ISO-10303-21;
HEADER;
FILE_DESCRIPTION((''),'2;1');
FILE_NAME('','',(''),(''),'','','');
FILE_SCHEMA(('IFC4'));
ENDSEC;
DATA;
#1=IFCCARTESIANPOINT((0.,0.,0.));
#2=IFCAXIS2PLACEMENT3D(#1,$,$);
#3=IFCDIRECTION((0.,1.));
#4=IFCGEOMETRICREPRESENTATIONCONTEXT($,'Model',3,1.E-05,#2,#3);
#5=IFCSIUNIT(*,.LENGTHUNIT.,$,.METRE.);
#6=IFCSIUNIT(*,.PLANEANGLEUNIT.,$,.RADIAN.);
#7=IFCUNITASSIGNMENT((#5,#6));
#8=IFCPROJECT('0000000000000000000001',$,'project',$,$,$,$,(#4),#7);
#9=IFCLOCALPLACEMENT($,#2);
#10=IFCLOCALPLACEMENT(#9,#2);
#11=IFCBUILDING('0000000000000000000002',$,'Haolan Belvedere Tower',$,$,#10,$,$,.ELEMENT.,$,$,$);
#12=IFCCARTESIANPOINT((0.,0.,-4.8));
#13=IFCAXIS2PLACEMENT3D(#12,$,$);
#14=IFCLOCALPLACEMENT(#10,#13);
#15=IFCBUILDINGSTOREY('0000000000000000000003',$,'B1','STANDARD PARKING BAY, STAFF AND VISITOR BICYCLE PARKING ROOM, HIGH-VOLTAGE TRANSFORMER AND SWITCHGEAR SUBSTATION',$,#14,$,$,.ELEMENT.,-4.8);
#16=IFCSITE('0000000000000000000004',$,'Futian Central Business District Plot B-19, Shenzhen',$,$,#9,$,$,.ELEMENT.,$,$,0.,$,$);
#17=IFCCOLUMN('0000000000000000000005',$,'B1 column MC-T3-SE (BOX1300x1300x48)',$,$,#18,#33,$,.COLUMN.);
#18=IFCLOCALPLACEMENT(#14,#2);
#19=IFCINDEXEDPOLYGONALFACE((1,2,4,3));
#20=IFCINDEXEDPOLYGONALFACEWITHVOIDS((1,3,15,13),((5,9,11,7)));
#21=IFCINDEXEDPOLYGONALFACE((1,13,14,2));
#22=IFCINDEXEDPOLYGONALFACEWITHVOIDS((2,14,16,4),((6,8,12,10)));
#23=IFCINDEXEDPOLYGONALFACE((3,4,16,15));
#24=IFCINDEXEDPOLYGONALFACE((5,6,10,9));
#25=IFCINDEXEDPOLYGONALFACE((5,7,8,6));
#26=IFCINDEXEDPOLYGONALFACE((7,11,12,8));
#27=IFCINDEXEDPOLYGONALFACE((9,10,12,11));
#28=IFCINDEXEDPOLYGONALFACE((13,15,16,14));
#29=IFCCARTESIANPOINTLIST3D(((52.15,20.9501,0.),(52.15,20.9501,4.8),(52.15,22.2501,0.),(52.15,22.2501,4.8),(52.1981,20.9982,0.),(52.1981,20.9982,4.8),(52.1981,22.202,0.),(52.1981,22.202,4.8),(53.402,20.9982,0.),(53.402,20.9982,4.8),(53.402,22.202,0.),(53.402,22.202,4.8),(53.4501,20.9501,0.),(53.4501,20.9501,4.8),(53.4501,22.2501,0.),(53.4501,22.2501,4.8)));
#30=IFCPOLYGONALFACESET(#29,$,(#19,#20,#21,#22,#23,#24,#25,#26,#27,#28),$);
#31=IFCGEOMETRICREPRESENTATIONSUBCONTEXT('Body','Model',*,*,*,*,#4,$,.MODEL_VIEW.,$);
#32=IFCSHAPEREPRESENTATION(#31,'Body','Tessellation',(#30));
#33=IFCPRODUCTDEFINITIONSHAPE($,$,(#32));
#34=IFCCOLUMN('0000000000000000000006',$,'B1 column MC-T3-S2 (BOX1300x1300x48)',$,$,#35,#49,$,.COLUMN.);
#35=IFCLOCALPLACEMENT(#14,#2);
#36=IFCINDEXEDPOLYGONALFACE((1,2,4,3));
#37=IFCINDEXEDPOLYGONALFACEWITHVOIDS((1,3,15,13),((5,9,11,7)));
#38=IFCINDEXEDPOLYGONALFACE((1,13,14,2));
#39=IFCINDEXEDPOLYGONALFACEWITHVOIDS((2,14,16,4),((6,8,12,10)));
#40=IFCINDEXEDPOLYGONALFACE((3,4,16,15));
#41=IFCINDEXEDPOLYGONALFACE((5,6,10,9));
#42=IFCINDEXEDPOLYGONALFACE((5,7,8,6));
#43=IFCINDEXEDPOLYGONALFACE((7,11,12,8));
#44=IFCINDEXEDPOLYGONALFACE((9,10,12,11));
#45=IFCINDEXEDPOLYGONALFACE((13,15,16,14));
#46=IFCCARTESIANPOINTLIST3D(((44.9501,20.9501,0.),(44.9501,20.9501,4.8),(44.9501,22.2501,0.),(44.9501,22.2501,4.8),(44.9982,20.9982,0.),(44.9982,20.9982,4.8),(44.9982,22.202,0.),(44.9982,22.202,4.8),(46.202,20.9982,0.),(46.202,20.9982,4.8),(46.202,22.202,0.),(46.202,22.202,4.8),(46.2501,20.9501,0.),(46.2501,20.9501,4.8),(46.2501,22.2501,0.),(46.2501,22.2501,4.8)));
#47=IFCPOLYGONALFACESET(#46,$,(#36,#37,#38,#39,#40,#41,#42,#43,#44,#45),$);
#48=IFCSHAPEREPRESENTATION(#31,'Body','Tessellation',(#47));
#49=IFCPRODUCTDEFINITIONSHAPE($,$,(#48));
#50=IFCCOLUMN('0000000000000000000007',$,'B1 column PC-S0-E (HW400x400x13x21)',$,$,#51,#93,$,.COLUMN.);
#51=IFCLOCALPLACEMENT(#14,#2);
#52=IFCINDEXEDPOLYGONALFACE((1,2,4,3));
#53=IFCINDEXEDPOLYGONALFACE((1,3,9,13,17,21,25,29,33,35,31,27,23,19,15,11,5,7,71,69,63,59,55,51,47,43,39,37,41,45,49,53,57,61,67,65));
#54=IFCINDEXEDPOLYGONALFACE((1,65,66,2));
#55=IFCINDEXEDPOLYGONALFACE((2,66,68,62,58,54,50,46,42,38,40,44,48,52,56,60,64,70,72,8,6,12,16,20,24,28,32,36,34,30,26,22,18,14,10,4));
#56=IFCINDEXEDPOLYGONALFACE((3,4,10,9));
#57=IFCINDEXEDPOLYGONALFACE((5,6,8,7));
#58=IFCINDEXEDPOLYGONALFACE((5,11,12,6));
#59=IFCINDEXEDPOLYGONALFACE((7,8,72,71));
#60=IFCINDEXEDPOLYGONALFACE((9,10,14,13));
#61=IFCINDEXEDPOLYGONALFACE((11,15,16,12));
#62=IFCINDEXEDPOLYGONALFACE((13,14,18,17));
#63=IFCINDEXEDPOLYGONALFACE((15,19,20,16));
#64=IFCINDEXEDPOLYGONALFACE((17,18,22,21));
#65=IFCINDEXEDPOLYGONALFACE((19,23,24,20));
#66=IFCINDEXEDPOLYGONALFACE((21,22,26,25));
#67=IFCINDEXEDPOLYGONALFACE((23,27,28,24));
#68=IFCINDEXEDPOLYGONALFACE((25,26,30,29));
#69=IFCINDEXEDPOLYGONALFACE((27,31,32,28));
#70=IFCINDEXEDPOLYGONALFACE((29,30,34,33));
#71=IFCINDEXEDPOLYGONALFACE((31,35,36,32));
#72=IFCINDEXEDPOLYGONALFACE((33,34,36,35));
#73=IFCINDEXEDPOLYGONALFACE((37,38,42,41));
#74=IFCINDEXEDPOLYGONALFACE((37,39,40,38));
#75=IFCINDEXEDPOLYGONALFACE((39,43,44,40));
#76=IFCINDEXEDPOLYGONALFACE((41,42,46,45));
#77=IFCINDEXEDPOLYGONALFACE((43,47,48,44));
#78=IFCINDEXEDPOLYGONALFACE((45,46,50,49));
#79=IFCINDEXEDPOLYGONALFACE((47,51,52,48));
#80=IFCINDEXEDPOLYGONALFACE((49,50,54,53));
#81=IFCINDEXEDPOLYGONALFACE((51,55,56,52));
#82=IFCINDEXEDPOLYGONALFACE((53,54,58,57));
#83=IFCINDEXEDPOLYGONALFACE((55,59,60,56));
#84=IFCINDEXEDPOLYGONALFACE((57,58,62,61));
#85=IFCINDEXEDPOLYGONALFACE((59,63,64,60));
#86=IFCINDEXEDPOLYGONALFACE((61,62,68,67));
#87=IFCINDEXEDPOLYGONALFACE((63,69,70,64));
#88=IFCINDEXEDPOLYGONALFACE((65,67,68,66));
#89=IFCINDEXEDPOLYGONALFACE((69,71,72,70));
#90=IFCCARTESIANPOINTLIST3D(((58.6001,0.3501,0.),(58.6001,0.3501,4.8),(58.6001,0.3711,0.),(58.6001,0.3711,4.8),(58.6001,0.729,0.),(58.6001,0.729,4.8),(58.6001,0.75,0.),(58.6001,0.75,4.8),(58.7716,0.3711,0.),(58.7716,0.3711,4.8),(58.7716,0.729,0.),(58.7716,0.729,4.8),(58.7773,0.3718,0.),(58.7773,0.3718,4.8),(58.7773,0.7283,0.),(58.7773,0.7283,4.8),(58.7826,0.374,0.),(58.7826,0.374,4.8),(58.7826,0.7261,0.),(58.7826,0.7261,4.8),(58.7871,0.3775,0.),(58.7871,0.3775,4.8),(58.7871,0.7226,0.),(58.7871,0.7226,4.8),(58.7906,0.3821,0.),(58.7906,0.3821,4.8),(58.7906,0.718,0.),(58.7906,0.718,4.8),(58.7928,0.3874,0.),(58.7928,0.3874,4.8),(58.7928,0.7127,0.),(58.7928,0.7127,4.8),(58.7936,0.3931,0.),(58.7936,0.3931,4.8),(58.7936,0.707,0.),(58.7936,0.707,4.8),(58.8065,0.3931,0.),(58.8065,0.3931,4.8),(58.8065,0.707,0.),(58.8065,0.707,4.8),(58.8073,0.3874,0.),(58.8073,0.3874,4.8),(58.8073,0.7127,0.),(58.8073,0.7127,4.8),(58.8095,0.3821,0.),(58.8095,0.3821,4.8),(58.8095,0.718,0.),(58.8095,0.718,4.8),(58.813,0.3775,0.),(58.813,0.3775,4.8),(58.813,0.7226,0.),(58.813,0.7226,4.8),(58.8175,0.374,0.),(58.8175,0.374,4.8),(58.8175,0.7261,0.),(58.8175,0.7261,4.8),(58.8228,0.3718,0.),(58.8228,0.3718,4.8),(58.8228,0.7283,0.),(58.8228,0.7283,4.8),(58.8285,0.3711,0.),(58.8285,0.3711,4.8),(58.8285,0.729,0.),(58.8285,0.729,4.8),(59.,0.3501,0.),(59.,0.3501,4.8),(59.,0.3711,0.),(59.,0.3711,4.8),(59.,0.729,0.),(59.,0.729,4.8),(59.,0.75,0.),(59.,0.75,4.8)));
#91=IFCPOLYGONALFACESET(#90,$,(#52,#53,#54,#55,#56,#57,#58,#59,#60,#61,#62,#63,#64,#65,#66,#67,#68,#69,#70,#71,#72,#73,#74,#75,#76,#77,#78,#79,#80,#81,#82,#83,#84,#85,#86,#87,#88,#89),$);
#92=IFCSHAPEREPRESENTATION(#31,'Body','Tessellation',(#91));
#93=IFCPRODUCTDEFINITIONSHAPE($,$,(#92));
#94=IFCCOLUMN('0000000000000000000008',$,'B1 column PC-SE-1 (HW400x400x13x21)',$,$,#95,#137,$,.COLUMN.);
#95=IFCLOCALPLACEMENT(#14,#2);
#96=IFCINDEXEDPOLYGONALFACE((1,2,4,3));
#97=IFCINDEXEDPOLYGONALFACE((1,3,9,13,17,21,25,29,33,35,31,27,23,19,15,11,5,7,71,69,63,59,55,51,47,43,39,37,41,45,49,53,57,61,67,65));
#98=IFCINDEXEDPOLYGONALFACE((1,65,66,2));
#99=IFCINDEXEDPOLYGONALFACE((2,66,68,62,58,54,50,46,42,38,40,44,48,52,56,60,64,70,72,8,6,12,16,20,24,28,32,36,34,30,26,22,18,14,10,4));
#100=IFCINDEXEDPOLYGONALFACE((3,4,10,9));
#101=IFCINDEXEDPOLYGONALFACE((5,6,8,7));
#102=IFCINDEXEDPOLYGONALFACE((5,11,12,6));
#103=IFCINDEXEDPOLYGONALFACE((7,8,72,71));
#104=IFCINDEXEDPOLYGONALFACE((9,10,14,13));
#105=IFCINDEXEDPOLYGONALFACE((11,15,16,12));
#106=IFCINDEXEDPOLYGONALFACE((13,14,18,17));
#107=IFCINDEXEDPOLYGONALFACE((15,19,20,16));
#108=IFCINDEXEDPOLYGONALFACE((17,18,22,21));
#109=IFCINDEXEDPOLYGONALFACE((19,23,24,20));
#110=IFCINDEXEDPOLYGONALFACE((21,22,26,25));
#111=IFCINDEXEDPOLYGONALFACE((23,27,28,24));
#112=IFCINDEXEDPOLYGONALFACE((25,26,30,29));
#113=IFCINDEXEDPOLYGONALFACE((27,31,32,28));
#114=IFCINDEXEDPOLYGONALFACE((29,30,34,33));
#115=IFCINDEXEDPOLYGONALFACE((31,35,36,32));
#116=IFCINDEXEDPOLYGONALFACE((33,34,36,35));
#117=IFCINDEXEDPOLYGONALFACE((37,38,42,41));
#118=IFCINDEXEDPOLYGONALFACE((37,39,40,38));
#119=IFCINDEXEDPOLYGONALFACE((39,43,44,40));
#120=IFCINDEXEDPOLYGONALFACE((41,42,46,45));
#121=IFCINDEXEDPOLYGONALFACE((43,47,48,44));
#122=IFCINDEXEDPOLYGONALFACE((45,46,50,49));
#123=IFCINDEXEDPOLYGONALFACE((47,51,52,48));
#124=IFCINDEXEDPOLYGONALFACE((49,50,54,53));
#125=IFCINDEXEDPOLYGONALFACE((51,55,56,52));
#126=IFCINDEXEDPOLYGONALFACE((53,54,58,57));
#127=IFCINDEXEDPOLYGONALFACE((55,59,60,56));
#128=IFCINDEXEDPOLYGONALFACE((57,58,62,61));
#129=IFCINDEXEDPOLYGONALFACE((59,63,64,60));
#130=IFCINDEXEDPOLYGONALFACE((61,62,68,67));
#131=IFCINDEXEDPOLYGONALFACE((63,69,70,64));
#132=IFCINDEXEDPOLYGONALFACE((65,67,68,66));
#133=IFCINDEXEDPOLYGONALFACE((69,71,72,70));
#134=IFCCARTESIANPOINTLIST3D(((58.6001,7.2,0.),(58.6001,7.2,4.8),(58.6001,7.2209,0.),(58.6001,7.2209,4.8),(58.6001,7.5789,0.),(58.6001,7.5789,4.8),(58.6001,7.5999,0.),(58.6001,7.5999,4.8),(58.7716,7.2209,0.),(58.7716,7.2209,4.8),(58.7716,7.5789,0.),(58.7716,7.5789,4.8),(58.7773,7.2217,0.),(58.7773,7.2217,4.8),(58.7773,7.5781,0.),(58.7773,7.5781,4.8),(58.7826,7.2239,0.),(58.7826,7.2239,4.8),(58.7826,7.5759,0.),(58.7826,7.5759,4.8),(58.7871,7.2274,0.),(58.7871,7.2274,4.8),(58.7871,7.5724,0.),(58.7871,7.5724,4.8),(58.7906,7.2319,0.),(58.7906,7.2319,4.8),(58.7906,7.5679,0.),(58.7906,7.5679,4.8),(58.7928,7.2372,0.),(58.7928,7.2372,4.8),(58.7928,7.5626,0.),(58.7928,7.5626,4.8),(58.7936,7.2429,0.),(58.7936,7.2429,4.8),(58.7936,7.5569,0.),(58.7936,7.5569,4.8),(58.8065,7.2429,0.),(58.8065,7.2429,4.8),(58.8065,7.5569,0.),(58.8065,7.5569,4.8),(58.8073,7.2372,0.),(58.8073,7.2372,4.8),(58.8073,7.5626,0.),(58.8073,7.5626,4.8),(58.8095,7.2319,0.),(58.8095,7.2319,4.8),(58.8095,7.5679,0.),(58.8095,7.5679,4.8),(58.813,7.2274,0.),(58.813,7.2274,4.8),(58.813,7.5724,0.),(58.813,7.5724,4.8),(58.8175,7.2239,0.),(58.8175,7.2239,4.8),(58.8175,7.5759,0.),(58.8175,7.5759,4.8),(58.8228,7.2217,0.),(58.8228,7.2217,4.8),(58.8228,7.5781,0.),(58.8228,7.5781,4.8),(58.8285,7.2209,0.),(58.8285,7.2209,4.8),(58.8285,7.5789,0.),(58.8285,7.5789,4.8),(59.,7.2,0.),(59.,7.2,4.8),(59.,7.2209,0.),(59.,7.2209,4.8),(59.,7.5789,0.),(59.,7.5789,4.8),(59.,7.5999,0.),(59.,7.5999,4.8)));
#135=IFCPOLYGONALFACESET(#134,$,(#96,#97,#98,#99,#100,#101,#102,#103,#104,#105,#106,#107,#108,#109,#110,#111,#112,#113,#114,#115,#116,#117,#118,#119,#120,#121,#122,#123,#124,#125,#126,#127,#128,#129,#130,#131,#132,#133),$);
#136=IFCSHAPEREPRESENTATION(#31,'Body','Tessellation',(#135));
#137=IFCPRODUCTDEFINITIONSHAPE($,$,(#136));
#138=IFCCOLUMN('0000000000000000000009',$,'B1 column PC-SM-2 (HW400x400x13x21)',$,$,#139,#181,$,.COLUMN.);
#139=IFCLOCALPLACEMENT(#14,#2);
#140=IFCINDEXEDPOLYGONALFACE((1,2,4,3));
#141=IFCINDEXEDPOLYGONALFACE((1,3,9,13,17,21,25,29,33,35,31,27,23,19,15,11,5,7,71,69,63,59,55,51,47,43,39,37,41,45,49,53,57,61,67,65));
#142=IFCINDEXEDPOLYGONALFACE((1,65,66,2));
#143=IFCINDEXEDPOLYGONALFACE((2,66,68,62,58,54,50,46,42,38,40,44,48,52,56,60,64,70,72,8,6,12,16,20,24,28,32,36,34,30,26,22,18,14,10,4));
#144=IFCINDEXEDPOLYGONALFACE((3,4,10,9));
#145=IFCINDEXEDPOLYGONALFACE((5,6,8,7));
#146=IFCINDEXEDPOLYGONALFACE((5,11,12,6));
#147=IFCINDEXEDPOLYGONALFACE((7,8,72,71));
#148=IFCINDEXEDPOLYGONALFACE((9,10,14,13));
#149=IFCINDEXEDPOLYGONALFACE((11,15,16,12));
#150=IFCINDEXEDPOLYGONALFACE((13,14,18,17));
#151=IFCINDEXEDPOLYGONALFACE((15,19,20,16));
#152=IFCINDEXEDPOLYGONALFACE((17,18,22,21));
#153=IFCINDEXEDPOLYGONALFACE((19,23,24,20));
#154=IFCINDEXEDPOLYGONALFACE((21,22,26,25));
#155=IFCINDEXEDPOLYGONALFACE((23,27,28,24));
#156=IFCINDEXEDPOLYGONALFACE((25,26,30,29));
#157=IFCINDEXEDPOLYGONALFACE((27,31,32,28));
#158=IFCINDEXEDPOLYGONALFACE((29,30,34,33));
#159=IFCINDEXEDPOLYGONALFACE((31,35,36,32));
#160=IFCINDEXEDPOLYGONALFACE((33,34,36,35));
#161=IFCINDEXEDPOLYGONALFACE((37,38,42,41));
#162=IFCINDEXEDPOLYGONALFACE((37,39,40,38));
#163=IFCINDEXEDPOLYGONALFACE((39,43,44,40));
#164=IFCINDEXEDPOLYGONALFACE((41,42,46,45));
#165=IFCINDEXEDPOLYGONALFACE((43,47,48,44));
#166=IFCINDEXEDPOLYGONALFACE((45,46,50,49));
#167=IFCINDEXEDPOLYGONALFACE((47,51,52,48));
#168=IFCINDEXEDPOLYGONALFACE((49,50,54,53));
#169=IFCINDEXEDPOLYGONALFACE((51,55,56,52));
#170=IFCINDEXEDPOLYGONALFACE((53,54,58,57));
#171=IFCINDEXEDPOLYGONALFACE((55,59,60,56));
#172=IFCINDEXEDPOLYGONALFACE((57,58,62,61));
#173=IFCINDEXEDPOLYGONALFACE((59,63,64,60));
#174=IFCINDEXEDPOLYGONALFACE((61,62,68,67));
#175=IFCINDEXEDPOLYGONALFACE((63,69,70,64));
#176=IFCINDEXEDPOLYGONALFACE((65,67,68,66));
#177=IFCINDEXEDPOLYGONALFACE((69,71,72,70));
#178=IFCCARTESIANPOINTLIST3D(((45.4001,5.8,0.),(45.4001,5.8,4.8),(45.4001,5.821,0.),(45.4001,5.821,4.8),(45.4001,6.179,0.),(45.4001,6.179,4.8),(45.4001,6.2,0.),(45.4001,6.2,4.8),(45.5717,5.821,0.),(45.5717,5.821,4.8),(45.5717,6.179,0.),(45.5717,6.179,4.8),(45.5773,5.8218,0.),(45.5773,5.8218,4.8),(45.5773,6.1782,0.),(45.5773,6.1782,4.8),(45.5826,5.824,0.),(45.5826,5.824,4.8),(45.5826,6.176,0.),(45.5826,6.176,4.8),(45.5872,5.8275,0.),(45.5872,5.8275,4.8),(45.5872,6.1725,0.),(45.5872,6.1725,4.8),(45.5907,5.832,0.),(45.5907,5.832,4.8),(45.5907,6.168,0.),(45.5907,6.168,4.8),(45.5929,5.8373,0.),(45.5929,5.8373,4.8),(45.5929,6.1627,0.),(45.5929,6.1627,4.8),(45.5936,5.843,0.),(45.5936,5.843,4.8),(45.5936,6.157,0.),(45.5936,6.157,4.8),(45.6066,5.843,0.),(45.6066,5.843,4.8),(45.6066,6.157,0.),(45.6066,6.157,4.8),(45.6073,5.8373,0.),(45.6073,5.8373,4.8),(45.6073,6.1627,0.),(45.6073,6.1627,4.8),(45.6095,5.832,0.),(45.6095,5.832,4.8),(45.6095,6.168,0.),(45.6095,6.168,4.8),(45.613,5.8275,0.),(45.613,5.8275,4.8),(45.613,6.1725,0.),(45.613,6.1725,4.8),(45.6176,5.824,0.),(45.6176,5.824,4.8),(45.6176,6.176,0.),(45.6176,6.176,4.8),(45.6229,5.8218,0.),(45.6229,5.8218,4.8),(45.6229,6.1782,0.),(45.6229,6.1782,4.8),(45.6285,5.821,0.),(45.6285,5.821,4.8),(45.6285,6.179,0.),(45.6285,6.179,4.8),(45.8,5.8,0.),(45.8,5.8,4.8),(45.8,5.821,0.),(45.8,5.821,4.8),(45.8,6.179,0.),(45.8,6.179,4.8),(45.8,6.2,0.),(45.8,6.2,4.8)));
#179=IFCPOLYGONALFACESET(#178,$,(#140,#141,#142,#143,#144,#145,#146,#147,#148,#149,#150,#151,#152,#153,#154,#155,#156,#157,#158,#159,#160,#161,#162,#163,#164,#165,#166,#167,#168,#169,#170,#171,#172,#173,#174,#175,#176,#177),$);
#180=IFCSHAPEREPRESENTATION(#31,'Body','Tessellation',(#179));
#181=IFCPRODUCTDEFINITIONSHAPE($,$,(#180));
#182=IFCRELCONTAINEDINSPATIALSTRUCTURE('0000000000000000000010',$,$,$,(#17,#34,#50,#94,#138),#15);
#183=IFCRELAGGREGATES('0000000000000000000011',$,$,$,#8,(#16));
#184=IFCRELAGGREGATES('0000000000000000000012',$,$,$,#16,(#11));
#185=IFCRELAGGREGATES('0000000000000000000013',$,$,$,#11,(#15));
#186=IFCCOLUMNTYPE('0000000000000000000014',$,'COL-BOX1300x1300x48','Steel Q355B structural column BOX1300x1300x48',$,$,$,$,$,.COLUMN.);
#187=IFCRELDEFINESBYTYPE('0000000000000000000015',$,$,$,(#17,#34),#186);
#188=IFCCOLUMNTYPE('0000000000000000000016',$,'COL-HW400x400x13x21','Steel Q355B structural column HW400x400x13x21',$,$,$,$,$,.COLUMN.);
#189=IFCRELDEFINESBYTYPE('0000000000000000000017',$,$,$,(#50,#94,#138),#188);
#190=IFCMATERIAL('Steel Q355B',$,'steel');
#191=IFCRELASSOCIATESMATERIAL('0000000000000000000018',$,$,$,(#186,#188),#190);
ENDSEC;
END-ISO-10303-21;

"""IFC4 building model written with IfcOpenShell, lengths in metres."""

from ifc_helpers import new_model, si_unit, direction, frame, origin, origin_2d, place, context, subcontext, project, spatial, hollow_rectangle, i_section, extrude, material, material_profile, profile_set, type_object, element, save


model = new_model("IFC4")

# Units and contexts
model_context = context("Model", 3, precision=1e-05, world=origin(), true_north=direction((0.0, 1.0)))
body_context = subcontext(model_context, "Body", "Model", "MODEL_VIEW")
ifc_project = project(units=[si_unit("LENGTHUNIT", "METRE"), si_unit("PLANEANGLEUNIT", "RADIAN")], contexts=[model_context])

# Site, building, storey
site_placement = place(None, origin())
site = spatial("IfcSite", under=ifc_project, at=site_placement, Name="Futian Central Business District Plot B-19, Shenzhen", CompositionType="ELEMENT", RefElevation=0.0)
building_placement = place(site_placement, origin())
building = spatial("IfcBuilding", under=site, at=building_placement, Name="Haolan Belvedere Tower", CompositionType="ELEMENT")
storey_placement = place(building_placement, frame((0.0, 0.0, -4.8)))
storey = spatial("IfcBuildingStorey", under=building, at=storey_placement, Name="B1", Description="STANDARD PARKING BAY, STAFF AND VISITOR BICYCLE PARKING ROOM, HIGH-VOLTAGE TRANSFORMER AND SWITCHGEAR SUBSTATION", CompositionType="ELEMENT", Elevation=-4.8)

# Columns
ifc_material_1 = material(Name="Steel Q355B", Category="steel")
ifc_material_profile_1 = material_profile(ifc_material_1, hollow_rectangle(XDim=1.3, YDim=1.3, WallThickness=0.0481, at=origin_2d()), Name="Steel Q355B")
ifc_profile_set_1 = profile_set([ifc_material_profile_1], Name="Steel Q355B")
column_type_1 = type_object("IfcColumnType", Name="COL-BOX1300x1300x48", Description="Steel Q355B structural column BOX1300x1300x48", PredefinedType="COLUMN", material=ifc_profile_set_1)
for number, where, z_axis, x_axis, name in (
    (1, (52.8, 21.6001, 0.0), (0.0, 0.0, 1.0), (1.0, 0.0, 0.0), "B1 column MC-T3-SE (BOX1300x1300x48)"),
    (2, (45.6001, 21.6001, 0.0), (0.0, 0.0, 1.0), (1.0, 0.0, 0.0), "B1 column MC-T3-S2 (BOX1300x1300x48)"),
):
    element("IfcColumn", number, at=place(storey_placement, frame(where, z_axis=z_axis, x_axis=x_axis)), inside=storey, type_object=column_type_1, Name=name, PredefinedType="COLUMN", context=body_context, shape_type="SweptSolid", body=[
        extrude(hollow_rectangle(XDim=1.3, YDim=1.3, WallThickness=0.0481, at=origin_2d()), origin(), (0.0, 0.0, 1.0), 4.8),
    ])
ifc_material_profile_2 = material_profile(ifc_material_1, i_section(OverallWidth=0.3999, OverallDepth=0.3999, WebThickness=0.0129, FlangeThickness=0.021, FilletRadius=0.022, at=origin_2d()), Name="Steel Q355B")
ifc_profile_set_2 = profile_set([ifc_material_profile_2], Name="Steel Q355B")
column_type_2 = type_object("IfcColumnType", Name="COL-HW400x400x13x21", Description="Steel Q355B structural column HW400x400x13x21", PredefinedType="COLUMN", material=ifc_profile_set_2)
for number, where, z_axis, x_axis, name in (
    (3, (58.8, 0.55, 0.0), (0.0, 0.0, 1.0), (1.0, 0.0, 0.0), "B1 column PC-S0-E (HW400x400x13x21)"),
    (4, (58.8, 7.3999, 0.0), (0.0, 0.0, 1.0), (1.0, 0.0, 0.0), "B1 column PC-SE-1 (HW400x400x13x21)"),
    (5, (45.6001, 6.0, 0.0), (0.0, 0.0, 1.0), (1.0, 0.0, 0.0), "B1 column PC-SM-2 (HW400x400x13x21)"),
):
    element("IfcColumn", number, at=place(storey_placement, frame(where, z_axis=z_axis, x_axis=x_axis)), inside=storey, type_object=column_type_2, Name=name, PredefinedType="COLUMN", context=body_context, shape_type="SweptSolid", body=[
        extrude(i_section(OverallWidth=0.3999, OverallDepth=0.3999, WebThickness=0.0129, FlangeThickness=0.021, FilletRadius=0.022, at=origin_2d()), origin(), (0.0, 0.0, 1.0), 4.8),
    ])

save(model, "model.ifc")
